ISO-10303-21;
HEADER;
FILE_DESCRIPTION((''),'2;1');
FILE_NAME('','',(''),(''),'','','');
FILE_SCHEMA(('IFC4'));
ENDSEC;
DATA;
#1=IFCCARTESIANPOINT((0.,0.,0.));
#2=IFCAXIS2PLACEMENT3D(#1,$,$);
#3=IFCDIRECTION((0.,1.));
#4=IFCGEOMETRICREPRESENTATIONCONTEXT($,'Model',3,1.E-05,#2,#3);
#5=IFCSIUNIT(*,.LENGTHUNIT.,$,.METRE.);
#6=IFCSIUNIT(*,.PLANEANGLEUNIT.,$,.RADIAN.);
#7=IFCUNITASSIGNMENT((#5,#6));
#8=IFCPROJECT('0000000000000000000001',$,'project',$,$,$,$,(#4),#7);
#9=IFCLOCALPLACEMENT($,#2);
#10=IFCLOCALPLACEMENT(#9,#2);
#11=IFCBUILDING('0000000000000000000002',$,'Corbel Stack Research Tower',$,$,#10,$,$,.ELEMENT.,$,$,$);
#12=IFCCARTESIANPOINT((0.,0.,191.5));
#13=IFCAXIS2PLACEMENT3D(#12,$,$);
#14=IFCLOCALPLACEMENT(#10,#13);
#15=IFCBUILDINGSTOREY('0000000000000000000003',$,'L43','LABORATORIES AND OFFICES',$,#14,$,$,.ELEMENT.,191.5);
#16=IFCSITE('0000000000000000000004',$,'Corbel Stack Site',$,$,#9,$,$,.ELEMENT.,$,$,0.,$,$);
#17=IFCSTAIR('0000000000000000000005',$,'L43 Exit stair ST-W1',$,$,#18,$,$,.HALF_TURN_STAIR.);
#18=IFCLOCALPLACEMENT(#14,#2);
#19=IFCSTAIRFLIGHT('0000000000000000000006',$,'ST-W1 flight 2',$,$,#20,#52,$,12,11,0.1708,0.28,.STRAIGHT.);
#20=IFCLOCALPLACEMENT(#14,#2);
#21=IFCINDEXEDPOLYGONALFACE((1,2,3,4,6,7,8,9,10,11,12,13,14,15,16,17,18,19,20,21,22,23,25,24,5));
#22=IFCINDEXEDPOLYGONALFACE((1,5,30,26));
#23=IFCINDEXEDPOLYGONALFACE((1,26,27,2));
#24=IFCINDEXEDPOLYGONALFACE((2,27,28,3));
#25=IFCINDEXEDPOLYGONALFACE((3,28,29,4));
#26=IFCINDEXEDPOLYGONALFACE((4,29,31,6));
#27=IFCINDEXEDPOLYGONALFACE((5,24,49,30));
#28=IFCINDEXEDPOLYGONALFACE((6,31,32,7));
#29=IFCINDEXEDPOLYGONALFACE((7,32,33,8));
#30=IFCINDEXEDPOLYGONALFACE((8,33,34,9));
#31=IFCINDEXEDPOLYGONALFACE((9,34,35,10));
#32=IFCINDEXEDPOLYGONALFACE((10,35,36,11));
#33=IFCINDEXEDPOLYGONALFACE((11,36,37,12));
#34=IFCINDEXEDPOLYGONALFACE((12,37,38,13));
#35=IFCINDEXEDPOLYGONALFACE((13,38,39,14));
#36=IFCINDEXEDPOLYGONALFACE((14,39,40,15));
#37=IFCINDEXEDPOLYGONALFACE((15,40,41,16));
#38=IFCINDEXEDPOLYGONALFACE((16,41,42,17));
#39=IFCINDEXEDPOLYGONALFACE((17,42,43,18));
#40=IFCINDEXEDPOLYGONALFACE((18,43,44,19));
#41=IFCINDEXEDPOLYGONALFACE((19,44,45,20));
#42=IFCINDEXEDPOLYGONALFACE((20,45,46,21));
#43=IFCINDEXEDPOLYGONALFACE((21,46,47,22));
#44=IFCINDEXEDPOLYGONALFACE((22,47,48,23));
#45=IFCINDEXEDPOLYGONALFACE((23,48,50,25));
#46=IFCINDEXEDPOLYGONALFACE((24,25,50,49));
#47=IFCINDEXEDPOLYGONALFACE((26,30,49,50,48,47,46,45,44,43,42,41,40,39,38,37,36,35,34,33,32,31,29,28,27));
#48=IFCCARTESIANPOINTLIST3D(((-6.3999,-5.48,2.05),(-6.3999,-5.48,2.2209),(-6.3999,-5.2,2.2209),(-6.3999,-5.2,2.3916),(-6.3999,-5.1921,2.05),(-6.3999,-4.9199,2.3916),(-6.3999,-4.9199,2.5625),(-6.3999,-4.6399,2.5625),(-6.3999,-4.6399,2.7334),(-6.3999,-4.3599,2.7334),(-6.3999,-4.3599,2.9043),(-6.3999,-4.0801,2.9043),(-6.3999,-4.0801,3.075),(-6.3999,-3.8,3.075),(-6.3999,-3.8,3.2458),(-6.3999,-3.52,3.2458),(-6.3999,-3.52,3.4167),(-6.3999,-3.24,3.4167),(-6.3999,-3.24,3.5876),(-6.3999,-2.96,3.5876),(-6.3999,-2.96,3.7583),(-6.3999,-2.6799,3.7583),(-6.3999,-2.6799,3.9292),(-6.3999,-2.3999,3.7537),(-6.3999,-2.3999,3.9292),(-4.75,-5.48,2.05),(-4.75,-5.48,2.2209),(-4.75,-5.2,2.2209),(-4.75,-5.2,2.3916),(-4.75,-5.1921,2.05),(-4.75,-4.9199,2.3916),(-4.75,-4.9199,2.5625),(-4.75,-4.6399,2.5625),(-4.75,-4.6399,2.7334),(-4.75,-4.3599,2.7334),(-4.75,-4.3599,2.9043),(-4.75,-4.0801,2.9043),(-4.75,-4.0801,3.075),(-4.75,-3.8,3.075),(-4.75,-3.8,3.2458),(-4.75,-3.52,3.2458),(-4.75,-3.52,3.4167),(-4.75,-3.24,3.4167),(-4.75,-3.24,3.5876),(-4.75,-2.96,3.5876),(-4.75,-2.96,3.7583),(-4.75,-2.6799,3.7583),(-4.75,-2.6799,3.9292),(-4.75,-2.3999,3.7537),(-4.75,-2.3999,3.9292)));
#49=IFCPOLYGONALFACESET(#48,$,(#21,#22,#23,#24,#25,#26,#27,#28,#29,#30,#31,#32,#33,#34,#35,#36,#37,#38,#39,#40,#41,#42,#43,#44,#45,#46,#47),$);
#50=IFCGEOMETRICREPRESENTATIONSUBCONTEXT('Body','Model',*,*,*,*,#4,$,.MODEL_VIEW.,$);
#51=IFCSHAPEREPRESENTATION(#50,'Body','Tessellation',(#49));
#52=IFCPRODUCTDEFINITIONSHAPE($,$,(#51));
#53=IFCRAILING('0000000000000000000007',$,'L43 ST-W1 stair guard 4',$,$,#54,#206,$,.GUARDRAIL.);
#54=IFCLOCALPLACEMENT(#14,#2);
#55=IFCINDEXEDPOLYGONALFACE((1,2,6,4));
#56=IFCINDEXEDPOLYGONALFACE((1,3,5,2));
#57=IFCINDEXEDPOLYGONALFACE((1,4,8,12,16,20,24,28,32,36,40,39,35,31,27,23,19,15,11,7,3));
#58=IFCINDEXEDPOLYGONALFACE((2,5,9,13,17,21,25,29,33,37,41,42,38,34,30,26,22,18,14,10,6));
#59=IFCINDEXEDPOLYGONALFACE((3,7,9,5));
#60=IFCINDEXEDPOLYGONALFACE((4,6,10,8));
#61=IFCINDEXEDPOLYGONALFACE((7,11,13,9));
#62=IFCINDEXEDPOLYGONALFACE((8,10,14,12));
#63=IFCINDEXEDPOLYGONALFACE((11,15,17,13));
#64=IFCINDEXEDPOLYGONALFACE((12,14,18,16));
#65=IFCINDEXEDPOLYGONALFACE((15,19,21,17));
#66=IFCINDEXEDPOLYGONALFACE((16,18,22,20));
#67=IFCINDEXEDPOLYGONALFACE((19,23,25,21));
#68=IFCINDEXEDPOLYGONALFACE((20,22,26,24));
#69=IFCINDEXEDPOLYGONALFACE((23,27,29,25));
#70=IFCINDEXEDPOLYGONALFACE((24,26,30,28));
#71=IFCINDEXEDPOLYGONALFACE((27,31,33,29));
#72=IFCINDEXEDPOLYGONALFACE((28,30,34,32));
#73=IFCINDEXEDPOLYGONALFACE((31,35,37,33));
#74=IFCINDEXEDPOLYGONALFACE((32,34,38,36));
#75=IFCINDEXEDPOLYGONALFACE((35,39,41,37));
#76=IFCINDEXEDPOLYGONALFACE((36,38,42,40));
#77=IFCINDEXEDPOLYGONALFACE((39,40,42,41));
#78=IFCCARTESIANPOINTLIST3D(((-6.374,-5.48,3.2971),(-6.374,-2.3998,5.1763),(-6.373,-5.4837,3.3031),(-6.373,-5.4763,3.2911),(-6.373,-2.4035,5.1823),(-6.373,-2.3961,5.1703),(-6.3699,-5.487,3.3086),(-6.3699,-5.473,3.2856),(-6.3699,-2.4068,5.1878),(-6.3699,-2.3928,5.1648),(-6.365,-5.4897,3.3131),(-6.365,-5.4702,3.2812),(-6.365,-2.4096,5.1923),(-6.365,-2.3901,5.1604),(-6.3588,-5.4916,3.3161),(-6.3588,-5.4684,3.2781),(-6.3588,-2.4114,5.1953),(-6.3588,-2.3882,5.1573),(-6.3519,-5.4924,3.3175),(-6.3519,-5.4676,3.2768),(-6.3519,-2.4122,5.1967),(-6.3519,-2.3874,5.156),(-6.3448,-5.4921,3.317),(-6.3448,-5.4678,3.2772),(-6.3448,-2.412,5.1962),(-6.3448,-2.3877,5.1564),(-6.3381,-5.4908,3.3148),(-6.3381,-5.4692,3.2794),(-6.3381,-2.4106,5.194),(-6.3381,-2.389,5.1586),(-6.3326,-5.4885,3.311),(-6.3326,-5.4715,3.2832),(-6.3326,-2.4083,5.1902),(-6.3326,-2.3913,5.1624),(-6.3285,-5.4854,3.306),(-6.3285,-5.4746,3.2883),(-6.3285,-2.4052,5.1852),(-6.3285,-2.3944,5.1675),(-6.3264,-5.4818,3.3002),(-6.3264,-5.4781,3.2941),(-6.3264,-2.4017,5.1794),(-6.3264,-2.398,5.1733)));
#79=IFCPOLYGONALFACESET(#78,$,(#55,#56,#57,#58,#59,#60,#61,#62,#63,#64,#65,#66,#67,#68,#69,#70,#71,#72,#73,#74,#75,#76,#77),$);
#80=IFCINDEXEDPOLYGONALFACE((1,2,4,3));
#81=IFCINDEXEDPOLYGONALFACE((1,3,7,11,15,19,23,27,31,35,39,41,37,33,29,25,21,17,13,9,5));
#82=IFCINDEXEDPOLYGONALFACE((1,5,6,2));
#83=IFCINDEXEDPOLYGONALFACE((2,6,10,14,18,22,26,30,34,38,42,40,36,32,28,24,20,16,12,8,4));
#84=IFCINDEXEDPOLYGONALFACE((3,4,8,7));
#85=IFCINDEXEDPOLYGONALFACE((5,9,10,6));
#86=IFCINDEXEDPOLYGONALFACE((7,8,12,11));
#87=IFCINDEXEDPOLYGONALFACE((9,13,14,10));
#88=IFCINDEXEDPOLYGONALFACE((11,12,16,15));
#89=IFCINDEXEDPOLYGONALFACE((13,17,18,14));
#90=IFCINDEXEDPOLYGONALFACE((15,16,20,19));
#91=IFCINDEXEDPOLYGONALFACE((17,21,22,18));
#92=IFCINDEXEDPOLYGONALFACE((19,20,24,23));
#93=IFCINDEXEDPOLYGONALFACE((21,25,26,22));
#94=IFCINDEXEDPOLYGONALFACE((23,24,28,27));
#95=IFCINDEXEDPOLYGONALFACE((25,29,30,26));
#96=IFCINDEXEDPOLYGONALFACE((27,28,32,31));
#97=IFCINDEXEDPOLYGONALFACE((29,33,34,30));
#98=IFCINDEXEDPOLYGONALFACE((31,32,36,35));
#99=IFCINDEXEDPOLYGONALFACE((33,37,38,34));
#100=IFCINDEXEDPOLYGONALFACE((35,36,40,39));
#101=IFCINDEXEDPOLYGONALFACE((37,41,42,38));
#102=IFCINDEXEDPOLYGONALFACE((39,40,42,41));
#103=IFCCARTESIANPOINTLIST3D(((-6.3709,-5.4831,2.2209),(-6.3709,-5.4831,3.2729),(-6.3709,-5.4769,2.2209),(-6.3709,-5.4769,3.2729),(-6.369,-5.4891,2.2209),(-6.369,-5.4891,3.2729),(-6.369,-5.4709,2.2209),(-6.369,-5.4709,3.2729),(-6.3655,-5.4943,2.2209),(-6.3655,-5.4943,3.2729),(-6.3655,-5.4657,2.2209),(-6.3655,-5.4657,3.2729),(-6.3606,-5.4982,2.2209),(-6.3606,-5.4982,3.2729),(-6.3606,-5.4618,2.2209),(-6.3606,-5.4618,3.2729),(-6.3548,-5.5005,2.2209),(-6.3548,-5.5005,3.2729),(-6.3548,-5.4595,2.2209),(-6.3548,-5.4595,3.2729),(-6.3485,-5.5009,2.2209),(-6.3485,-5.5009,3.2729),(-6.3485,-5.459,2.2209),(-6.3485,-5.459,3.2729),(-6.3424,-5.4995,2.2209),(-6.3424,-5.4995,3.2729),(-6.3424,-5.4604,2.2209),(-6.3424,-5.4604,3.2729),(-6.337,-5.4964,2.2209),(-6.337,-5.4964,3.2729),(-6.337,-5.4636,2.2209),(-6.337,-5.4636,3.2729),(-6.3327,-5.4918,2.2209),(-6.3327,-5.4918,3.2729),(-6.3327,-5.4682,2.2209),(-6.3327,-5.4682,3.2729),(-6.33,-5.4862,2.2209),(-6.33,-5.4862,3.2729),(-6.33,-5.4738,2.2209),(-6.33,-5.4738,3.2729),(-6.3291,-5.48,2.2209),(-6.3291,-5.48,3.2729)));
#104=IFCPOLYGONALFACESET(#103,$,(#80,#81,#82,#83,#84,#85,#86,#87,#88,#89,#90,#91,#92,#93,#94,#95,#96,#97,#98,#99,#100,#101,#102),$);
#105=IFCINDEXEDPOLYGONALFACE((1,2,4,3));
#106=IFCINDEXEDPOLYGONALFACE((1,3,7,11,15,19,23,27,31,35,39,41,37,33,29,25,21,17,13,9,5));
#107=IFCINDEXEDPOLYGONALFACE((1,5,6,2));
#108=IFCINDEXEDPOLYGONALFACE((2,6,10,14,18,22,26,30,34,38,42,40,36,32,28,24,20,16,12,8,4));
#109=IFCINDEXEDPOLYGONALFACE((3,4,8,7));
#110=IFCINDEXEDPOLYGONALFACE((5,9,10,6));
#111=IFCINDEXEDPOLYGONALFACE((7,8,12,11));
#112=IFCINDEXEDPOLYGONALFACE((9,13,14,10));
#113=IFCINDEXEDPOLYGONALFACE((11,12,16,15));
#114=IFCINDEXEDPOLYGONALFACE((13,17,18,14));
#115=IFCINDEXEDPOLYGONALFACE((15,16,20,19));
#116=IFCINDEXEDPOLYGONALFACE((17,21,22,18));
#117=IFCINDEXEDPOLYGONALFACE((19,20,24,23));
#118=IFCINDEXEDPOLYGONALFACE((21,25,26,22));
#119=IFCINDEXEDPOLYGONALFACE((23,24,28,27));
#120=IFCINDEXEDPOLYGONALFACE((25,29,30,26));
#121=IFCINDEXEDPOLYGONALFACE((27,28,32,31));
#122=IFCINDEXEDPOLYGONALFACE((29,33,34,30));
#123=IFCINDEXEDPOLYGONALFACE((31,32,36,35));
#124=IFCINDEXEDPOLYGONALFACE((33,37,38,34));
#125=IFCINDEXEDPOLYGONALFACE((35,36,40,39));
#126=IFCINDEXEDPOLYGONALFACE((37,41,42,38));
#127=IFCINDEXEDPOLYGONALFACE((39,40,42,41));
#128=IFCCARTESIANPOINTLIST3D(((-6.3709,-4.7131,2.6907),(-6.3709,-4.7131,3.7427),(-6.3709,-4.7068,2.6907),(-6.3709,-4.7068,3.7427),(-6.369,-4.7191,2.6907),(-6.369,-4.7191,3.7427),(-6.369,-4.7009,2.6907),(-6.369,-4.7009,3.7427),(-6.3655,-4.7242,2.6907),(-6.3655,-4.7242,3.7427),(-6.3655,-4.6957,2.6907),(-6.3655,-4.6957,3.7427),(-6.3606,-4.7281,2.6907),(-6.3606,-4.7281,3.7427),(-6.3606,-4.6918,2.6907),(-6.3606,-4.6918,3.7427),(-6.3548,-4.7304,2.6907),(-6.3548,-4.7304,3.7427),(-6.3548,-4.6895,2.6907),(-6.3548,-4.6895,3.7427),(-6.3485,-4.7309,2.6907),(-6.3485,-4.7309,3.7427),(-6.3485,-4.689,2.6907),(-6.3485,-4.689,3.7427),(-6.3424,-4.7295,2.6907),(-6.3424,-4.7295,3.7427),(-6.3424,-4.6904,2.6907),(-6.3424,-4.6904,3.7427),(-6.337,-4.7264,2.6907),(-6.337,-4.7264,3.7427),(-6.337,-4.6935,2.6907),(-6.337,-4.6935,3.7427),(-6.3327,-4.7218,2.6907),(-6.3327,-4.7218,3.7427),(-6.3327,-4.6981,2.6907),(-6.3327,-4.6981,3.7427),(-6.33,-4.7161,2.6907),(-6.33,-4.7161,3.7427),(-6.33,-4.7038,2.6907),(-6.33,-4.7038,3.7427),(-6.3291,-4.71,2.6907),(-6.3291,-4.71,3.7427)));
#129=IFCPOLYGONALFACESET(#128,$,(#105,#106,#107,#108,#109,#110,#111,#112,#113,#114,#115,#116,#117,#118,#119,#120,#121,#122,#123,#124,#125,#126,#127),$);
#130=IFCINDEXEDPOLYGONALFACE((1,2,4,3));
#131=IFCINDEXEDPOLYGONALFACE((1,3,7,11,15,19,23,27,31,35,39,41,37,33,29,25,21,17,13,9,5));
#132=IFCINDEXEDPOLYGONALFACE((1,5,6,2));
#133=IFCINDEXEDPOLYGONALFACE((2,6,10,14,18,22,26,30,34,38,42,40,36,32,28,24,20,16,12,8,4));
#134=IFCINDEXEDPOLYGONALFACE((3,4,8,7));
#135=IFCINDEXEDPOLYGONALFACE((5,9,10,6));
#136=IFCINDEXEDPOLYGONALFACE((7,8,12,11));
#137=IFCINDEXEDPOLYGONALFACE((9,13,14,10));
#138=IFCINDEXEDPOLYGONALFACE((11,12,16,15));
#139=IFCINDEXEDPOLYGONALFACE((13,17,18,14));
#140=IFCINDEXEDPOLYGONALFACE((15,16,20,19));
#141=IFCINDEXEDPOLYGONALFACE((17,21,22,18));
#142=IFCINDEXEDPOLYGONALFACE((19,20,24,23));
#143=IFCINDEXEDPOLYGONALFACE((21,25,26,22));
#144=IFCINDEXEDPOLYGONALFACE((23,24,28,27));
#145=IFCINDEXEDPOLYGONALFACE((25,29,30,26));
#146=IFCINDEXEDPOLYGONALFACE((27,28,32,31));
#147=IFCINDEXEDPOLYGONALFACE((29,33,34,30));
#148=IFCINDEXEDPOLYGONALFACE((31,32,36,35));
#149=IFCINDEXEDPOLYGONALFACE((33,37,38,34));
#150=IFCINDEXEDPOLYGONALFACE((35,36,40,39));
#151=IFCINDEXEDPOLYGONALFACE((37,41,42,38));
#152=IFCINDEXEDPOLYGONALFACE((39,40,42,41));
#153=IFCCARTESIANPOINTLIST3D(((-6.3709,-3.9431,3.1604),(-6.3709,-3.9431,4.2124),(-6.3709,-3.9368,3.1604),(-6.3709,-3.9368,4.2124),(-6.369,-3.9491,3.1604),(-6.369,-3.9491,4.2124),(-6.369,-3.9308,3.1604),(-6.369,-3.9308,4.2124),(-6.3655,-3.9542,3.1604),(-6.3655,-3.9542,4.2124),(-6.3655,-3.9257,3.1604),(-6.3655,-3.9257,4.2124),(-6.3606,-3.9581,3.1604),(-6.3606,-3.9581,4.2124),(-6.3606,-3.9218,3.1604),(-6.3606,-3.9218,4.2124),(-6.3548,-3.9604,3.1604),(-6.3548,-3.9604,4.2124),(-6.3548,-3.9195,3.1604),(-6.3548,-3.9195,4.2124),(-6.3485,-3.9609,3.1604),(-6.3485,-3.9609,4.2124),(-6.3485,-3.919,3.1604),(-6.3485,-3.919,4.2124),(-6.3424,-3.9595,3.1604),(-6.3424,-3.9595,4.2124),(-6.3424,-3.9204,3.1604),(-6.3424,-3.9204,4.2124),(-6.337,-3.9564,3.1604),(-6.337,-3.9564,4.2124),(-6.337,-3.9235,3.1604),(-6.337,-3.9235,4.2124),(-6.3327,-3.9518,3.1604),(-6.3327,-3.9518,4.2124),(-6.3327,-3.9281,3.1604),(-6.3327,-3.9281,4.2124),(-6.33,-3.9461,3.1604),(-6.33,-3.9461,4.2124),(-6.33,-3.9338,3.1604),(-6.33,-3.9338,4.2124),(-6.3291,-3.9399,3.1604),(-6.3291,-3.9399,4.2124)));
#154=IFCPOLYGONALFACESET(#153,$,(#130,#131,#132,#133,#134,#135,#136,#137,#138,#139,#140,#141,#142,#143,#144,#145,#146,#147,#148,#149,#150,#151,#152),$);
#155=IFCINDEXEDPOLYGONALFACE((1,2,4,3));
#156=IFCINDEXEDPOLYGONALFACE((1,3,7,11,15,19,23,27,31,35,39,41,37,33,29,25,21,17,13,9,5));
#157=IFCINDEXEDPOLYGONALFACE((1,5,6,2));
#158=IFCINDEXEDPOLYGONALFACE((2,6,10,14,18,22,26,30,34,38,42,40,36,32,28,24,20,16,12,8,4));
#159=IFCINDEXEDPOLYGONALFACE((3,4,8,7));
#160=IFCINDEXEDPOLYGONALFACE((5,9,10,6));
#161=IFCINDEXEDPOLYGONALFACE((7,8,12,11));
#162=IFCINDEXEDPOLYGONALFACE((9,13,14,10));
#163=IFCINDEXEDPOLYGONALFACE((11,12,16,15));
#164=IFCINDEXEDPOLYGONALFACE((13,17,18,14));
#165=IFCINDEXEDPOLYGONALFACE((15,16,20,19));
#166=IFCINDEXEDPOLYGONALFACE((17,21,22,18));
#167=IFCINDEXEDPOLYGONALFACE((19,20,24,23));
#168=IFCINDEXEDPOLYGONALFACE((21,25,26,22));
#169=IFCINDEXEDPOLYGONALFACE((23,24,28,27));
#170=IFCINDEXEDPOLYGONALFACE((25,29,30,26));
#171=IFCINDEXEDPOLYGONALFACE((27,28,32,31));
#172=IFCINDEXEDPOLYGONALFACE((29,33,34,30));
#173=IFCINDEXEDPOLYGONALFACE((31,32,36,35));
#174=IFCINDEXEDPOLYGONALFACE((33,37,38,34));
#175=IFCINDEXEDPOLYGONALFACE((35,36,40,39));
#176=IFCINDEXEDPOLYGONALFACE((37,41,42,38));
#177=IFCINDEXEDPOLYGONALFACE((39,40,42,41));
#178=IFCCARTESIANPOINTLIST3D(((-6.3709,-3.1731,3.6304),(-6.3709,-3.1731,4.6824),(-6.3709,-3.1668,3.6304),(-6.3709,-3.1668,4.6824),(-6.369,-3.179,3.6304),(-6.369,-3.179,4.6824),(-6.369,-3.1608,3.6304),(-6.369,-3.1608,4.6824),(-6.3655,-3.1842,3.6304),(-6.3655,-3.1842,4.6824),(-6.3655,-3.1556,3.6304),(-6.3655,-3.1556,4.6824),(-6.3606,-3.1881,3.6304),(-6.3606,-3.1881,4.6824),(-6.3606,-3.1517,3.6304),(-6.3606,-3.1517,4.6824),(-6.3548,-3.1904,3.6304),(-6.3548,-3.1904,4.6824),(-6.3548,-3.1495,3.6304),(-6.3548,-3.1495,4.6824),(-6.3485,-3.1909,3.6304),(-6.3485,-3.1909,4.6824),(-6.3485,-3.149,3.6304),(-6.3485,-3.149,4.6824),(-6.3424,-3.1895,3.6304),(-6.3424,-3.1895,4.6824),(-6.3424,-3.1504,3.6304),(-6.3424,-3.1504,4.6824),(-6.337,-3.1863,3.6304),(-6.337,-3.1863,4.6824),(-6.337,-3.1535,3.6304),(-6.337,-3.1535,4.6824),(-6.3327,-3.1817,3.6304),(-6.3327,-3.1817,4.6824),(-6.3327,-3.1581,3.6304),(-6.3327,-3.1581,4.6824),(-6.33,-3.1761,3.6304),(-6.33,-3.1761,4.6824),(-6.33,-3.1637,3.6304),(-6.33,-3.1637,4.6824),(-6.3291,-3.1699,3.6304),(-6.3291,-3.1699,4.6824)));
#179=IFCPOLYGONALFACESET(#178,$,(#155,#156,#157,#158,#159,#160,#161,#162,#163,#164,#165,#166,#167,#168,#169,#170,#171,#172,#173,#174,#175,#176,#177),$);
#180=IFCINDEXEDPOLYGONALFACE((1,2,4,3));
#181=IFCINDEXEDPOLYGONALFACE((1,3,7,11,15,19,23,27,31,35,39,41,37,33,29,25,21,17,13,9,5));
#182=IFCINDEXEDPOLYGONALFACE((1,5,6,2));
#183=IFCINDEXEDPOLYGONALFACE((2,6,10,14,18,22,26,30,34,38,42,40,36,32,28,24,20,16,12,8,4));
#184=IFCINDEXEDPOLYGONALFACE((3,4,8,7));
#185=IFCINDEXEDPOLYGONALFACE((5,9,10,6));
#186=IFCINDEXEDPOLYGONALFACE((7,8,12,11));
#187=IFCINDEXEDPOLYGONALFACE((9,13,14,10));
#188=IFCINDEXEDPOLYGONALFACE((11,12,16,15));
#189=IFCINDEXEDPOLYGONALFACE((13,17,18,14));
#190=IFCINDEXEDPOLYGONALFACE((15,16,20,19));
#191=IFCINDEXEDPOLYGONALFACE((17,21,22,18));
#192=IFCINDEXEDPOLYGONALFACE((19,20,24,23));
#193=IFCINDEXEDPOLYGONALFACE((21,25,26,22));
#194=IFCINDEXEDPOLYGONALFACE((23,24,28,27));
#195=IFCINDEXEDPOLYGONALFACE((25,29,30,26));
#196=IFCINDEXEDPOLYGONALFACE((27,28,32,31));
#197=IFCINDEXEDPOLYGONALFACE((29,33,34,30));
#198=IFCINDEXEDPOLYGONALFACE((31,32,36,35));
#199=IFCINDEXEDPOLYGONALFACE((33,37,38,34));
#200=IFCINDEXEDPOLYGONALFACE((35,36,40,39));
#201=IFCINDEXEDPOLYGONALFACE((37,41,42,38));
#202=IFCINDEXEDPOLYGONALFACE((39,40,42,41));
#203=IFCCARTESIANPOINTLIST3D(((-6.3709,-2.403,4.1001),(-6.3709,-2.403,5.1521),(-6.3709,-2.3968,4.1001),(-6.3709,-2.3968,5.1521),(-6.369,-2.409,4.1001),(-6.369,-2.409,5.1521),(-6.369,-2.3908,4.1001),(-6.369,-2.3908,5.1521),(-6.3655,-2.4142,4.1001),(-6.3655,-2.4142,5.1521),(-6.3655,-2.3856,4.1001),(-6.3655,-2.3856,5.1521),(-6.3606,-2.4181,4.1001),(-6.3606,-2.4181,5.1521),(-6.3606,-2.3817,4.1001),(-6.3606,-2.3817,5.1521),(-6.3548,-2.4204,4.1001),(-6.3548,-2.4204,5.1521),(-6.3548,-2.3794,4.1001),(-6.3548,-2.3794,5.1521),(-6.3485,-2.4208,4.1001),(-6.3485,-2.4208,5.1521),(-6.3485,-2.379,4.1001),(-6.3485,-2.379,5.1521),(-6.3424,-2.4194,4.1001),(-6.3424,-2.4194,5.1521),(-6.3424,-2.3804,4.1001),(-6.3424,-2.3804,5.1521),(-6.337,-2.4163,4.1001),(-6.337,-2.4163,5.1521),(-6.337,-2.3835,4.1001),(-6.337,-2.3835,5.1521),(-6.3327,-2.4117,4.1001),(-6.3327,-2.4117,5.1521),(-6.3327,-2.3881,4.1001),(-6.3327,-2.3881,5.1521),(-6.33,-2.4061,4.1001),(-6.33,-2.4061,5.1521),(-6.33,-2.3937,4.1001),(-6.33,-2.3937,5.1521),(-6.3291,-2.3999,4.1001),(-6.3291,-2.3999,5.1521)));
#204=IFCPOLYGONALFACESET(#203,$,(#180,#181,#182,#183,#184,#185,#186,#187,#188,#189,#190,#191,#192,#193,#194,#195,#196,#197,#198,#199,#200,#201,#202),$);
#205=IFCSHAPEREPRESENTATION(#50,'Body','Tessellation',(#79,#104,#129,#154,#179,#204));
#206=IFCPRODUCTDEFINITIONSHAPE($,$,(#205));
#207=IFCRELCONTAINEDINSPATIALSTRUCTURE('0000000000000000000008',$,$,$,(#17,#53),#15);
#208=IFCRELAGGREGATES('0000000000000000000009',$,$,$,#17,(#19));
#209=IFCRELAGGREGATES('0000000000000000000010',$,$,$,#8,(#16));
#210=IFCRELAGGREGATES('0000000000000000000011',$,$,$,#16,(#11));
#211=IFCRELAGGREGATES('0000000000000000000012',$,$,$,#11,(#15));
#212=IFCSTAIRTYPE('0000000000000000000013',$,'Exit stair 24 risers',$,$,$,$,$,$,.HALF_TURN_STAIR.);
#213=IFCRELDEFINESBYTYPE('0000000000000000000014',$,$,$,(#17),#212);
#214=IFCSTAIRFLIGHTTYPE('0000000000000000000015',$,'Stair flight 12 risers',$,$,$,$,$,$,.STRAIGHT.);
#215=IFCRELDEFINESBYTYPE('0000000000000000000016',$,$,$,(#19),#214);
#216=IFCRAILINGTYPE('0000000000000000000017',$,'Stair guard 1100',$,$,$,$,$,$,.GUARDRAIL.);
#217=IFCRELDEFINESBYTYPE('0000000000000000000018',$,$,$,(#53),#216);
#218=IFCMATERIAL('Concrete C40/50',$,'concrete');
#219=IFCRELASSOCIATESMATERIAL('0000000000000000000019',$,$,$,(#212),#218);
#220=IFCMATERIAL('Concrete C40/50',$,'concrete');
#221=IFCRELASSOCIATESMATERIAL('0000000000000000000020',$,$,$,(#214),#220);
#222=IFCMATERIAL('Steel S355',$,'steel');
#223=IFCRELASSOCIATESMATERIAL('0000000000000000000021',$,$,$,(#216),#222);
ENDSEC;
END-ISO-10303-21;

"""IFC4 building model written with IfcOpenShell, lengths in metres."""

from ifc_helpers import new_model, si_unit, direction, frame, origin, origin_2d, place, context, subcontext, project, spatial, polyline, circle, outline, extrude, material, type_object, element, aggregate, save


model = new_model("IFC4")

# Units and contexts
model_context = context("Model", 3, precision=1e-05, world=origin(), true_north=direction((0.0, 1.0)))
body_context = subcontext(model_context, "Body", "Model", "MODEL_VIEW")
ifc_project = project(units=[si_unit("LENGTHUNIT", "METRE"), si_unit("PLANEANGLEUNIT", "RADIAN")], contexts=[model_context])

# Site, building, storey
site_placement = place(None, origin())
site = spatial("IfcSite", under=ifc_project, at=site_placement, Name="Corbel Stack Site", CompositionType="ELEMENT", RefElevation=0.0)
building_placement = place(site_placement, origin())
building = spatial("IfcBuilding", under=site, at=building_placement, Name="Corbel Stack Research Tower", CompositionType="ELEMENT")
storey_placement = place(building_placement, frame((0.0, 0.0, 191.5)))
storey = spatial("IfcBuildingStorey", under=building, at=storey_placement, Name="L43", Description="LABORATORIES AND OFFICES", CompositionType="ELEMENT", Elevation=191.5)

# Stair, stair flight
ifc_material_1 = material(Name="Concrete C40/50", Category="concrete")
stair_type = type_object("IfcStairType", Name="Exit stair 24 risers", PredefinedType="HALF_TURN_STAIR", material=ifc_material_1)
stair_placement = place(storey_placement, origin())
stair = element("IfcStair", 1, at=stair_placement, inside=storey, type_object=stair_type, Name="L43 Exit stair ST-W1", PredefinedType="HALF_TURN_STAIR")
ifc_material_2 = material(Name="Concrete C40/50", Category="concrete")
stair_flight_type = type_object("IfcStairFlightType", Name="Stair flight 12 risers", PredefinedType="STRAIGHT", material=ifc_material_2)
stair_flight_placement = place(storey_placement, frame((-5.575, -5.48, 2.05), z_axis=(0.0, 0.0, 1.0), x_axis=(0.0, 1.0, 0.0)))
stair_flight = element("IfcStairFlight", 2, at=stair_flight_placement, type_object=stair_flight_type, Name="ST-W1 flight 2", NumberOfRisers=12, NumberOfTreads=11, PredefinedType="STRAIGHT", RiserHeight=0.1708, TreadLength=0.28, context=body_context, shape_type="SweptSolid", body=[
    extrude(outline(polyline([(0.0, 0.0), (0.0, 0.1709), (0.28, 0.1709), (0.28, 0.3416), (0.5601, 0.3416), (0.5601, 0.5125), (0.8401, 0.5125), (0.8401, 0.6833), (1.1201, 0.6833), (1.1201, 0.8542), (1.3999, 0.8542), (1.3999, 1.0249), (1.6799, 1.0249), (1.6799, 1.1958), (1.96, 1.1958), (1.96, 1.3667), (2.24, 1.3667), (2.24, 1.5376), (2.52, 1.5376), (2.52, 1.7083), (2.8, 1.7083), (2.8, 1.8792), (3.0801, 1.8792), (3.0801, 2.05), (3.0801, 1.7036), (0.2878, 0.0), (0.0, 0.0)])), frame((0.0, 0.825, 0.0), z_axis=(0.0, -1.0, 0.0), x_axis=(1.0, 0.0, 0.0)), (0.0, 0.0, 1.0), 1.6499),
])
aggregate(stair, [stair_flight])

# Railing
ifc_material_3 = material(Name="Steel S355", Category="steel")
railing_type_1 = type_object("IfcRailingType", Name="Stair guard 1100", PredefinedType="GUARDRAIL", material=ifc_material_3)
railing_1_placement = place(storey_placement, frame((-6.3501, -5.48, 2.2209)))
element("IfcRailing", 3, at=railing_1_placement, inside=storey, type_object=railing_type_1, Name="L43 ST-W1 stair guard 4", PredefinedType="GUARDRAIL", context=body_context, shape_type="SweptSolid", body=[
    extrude(circle(Radius=0.0239, at=origin_2d()), frame((0.0, 0.0, 1.0762), z_axis=(0.0, 0.853666, 0.52082), x_axis=(-1.0, 0.0, 0.0)), (0.0, 0.0, 1.0), 3.6082),
    extrude(circle(Radius=0.021, at=origin_2d()), origin(), (0.0, 0.0, 1.0), 1.052),
    extrude(circle(Radius=0.021, at=origin_2d()), frame((0.0, 0.77, 0.4697)), (0.0, 0.0, 1.0), 1.052),
    extrude(circle(Radius=0.021, at=origin_2d()), frame((0.0, 1.54, 0.9395)), (0.0, 0.0, 1.0), 1.052),
    extrude(circle(Radius=0.021, at=origin_2d()), frame((0.0, 2.3101, 1.4094)), (0.0, 0.0, 1.0), 1.052),
    extrude(circle(Radius=0.021, at=origin_2d()), frame((0.0, 3.0801, 1.8792)), (0.0, 0.0, 1.0), 1.052),
])

save(model, "model.ifc")
